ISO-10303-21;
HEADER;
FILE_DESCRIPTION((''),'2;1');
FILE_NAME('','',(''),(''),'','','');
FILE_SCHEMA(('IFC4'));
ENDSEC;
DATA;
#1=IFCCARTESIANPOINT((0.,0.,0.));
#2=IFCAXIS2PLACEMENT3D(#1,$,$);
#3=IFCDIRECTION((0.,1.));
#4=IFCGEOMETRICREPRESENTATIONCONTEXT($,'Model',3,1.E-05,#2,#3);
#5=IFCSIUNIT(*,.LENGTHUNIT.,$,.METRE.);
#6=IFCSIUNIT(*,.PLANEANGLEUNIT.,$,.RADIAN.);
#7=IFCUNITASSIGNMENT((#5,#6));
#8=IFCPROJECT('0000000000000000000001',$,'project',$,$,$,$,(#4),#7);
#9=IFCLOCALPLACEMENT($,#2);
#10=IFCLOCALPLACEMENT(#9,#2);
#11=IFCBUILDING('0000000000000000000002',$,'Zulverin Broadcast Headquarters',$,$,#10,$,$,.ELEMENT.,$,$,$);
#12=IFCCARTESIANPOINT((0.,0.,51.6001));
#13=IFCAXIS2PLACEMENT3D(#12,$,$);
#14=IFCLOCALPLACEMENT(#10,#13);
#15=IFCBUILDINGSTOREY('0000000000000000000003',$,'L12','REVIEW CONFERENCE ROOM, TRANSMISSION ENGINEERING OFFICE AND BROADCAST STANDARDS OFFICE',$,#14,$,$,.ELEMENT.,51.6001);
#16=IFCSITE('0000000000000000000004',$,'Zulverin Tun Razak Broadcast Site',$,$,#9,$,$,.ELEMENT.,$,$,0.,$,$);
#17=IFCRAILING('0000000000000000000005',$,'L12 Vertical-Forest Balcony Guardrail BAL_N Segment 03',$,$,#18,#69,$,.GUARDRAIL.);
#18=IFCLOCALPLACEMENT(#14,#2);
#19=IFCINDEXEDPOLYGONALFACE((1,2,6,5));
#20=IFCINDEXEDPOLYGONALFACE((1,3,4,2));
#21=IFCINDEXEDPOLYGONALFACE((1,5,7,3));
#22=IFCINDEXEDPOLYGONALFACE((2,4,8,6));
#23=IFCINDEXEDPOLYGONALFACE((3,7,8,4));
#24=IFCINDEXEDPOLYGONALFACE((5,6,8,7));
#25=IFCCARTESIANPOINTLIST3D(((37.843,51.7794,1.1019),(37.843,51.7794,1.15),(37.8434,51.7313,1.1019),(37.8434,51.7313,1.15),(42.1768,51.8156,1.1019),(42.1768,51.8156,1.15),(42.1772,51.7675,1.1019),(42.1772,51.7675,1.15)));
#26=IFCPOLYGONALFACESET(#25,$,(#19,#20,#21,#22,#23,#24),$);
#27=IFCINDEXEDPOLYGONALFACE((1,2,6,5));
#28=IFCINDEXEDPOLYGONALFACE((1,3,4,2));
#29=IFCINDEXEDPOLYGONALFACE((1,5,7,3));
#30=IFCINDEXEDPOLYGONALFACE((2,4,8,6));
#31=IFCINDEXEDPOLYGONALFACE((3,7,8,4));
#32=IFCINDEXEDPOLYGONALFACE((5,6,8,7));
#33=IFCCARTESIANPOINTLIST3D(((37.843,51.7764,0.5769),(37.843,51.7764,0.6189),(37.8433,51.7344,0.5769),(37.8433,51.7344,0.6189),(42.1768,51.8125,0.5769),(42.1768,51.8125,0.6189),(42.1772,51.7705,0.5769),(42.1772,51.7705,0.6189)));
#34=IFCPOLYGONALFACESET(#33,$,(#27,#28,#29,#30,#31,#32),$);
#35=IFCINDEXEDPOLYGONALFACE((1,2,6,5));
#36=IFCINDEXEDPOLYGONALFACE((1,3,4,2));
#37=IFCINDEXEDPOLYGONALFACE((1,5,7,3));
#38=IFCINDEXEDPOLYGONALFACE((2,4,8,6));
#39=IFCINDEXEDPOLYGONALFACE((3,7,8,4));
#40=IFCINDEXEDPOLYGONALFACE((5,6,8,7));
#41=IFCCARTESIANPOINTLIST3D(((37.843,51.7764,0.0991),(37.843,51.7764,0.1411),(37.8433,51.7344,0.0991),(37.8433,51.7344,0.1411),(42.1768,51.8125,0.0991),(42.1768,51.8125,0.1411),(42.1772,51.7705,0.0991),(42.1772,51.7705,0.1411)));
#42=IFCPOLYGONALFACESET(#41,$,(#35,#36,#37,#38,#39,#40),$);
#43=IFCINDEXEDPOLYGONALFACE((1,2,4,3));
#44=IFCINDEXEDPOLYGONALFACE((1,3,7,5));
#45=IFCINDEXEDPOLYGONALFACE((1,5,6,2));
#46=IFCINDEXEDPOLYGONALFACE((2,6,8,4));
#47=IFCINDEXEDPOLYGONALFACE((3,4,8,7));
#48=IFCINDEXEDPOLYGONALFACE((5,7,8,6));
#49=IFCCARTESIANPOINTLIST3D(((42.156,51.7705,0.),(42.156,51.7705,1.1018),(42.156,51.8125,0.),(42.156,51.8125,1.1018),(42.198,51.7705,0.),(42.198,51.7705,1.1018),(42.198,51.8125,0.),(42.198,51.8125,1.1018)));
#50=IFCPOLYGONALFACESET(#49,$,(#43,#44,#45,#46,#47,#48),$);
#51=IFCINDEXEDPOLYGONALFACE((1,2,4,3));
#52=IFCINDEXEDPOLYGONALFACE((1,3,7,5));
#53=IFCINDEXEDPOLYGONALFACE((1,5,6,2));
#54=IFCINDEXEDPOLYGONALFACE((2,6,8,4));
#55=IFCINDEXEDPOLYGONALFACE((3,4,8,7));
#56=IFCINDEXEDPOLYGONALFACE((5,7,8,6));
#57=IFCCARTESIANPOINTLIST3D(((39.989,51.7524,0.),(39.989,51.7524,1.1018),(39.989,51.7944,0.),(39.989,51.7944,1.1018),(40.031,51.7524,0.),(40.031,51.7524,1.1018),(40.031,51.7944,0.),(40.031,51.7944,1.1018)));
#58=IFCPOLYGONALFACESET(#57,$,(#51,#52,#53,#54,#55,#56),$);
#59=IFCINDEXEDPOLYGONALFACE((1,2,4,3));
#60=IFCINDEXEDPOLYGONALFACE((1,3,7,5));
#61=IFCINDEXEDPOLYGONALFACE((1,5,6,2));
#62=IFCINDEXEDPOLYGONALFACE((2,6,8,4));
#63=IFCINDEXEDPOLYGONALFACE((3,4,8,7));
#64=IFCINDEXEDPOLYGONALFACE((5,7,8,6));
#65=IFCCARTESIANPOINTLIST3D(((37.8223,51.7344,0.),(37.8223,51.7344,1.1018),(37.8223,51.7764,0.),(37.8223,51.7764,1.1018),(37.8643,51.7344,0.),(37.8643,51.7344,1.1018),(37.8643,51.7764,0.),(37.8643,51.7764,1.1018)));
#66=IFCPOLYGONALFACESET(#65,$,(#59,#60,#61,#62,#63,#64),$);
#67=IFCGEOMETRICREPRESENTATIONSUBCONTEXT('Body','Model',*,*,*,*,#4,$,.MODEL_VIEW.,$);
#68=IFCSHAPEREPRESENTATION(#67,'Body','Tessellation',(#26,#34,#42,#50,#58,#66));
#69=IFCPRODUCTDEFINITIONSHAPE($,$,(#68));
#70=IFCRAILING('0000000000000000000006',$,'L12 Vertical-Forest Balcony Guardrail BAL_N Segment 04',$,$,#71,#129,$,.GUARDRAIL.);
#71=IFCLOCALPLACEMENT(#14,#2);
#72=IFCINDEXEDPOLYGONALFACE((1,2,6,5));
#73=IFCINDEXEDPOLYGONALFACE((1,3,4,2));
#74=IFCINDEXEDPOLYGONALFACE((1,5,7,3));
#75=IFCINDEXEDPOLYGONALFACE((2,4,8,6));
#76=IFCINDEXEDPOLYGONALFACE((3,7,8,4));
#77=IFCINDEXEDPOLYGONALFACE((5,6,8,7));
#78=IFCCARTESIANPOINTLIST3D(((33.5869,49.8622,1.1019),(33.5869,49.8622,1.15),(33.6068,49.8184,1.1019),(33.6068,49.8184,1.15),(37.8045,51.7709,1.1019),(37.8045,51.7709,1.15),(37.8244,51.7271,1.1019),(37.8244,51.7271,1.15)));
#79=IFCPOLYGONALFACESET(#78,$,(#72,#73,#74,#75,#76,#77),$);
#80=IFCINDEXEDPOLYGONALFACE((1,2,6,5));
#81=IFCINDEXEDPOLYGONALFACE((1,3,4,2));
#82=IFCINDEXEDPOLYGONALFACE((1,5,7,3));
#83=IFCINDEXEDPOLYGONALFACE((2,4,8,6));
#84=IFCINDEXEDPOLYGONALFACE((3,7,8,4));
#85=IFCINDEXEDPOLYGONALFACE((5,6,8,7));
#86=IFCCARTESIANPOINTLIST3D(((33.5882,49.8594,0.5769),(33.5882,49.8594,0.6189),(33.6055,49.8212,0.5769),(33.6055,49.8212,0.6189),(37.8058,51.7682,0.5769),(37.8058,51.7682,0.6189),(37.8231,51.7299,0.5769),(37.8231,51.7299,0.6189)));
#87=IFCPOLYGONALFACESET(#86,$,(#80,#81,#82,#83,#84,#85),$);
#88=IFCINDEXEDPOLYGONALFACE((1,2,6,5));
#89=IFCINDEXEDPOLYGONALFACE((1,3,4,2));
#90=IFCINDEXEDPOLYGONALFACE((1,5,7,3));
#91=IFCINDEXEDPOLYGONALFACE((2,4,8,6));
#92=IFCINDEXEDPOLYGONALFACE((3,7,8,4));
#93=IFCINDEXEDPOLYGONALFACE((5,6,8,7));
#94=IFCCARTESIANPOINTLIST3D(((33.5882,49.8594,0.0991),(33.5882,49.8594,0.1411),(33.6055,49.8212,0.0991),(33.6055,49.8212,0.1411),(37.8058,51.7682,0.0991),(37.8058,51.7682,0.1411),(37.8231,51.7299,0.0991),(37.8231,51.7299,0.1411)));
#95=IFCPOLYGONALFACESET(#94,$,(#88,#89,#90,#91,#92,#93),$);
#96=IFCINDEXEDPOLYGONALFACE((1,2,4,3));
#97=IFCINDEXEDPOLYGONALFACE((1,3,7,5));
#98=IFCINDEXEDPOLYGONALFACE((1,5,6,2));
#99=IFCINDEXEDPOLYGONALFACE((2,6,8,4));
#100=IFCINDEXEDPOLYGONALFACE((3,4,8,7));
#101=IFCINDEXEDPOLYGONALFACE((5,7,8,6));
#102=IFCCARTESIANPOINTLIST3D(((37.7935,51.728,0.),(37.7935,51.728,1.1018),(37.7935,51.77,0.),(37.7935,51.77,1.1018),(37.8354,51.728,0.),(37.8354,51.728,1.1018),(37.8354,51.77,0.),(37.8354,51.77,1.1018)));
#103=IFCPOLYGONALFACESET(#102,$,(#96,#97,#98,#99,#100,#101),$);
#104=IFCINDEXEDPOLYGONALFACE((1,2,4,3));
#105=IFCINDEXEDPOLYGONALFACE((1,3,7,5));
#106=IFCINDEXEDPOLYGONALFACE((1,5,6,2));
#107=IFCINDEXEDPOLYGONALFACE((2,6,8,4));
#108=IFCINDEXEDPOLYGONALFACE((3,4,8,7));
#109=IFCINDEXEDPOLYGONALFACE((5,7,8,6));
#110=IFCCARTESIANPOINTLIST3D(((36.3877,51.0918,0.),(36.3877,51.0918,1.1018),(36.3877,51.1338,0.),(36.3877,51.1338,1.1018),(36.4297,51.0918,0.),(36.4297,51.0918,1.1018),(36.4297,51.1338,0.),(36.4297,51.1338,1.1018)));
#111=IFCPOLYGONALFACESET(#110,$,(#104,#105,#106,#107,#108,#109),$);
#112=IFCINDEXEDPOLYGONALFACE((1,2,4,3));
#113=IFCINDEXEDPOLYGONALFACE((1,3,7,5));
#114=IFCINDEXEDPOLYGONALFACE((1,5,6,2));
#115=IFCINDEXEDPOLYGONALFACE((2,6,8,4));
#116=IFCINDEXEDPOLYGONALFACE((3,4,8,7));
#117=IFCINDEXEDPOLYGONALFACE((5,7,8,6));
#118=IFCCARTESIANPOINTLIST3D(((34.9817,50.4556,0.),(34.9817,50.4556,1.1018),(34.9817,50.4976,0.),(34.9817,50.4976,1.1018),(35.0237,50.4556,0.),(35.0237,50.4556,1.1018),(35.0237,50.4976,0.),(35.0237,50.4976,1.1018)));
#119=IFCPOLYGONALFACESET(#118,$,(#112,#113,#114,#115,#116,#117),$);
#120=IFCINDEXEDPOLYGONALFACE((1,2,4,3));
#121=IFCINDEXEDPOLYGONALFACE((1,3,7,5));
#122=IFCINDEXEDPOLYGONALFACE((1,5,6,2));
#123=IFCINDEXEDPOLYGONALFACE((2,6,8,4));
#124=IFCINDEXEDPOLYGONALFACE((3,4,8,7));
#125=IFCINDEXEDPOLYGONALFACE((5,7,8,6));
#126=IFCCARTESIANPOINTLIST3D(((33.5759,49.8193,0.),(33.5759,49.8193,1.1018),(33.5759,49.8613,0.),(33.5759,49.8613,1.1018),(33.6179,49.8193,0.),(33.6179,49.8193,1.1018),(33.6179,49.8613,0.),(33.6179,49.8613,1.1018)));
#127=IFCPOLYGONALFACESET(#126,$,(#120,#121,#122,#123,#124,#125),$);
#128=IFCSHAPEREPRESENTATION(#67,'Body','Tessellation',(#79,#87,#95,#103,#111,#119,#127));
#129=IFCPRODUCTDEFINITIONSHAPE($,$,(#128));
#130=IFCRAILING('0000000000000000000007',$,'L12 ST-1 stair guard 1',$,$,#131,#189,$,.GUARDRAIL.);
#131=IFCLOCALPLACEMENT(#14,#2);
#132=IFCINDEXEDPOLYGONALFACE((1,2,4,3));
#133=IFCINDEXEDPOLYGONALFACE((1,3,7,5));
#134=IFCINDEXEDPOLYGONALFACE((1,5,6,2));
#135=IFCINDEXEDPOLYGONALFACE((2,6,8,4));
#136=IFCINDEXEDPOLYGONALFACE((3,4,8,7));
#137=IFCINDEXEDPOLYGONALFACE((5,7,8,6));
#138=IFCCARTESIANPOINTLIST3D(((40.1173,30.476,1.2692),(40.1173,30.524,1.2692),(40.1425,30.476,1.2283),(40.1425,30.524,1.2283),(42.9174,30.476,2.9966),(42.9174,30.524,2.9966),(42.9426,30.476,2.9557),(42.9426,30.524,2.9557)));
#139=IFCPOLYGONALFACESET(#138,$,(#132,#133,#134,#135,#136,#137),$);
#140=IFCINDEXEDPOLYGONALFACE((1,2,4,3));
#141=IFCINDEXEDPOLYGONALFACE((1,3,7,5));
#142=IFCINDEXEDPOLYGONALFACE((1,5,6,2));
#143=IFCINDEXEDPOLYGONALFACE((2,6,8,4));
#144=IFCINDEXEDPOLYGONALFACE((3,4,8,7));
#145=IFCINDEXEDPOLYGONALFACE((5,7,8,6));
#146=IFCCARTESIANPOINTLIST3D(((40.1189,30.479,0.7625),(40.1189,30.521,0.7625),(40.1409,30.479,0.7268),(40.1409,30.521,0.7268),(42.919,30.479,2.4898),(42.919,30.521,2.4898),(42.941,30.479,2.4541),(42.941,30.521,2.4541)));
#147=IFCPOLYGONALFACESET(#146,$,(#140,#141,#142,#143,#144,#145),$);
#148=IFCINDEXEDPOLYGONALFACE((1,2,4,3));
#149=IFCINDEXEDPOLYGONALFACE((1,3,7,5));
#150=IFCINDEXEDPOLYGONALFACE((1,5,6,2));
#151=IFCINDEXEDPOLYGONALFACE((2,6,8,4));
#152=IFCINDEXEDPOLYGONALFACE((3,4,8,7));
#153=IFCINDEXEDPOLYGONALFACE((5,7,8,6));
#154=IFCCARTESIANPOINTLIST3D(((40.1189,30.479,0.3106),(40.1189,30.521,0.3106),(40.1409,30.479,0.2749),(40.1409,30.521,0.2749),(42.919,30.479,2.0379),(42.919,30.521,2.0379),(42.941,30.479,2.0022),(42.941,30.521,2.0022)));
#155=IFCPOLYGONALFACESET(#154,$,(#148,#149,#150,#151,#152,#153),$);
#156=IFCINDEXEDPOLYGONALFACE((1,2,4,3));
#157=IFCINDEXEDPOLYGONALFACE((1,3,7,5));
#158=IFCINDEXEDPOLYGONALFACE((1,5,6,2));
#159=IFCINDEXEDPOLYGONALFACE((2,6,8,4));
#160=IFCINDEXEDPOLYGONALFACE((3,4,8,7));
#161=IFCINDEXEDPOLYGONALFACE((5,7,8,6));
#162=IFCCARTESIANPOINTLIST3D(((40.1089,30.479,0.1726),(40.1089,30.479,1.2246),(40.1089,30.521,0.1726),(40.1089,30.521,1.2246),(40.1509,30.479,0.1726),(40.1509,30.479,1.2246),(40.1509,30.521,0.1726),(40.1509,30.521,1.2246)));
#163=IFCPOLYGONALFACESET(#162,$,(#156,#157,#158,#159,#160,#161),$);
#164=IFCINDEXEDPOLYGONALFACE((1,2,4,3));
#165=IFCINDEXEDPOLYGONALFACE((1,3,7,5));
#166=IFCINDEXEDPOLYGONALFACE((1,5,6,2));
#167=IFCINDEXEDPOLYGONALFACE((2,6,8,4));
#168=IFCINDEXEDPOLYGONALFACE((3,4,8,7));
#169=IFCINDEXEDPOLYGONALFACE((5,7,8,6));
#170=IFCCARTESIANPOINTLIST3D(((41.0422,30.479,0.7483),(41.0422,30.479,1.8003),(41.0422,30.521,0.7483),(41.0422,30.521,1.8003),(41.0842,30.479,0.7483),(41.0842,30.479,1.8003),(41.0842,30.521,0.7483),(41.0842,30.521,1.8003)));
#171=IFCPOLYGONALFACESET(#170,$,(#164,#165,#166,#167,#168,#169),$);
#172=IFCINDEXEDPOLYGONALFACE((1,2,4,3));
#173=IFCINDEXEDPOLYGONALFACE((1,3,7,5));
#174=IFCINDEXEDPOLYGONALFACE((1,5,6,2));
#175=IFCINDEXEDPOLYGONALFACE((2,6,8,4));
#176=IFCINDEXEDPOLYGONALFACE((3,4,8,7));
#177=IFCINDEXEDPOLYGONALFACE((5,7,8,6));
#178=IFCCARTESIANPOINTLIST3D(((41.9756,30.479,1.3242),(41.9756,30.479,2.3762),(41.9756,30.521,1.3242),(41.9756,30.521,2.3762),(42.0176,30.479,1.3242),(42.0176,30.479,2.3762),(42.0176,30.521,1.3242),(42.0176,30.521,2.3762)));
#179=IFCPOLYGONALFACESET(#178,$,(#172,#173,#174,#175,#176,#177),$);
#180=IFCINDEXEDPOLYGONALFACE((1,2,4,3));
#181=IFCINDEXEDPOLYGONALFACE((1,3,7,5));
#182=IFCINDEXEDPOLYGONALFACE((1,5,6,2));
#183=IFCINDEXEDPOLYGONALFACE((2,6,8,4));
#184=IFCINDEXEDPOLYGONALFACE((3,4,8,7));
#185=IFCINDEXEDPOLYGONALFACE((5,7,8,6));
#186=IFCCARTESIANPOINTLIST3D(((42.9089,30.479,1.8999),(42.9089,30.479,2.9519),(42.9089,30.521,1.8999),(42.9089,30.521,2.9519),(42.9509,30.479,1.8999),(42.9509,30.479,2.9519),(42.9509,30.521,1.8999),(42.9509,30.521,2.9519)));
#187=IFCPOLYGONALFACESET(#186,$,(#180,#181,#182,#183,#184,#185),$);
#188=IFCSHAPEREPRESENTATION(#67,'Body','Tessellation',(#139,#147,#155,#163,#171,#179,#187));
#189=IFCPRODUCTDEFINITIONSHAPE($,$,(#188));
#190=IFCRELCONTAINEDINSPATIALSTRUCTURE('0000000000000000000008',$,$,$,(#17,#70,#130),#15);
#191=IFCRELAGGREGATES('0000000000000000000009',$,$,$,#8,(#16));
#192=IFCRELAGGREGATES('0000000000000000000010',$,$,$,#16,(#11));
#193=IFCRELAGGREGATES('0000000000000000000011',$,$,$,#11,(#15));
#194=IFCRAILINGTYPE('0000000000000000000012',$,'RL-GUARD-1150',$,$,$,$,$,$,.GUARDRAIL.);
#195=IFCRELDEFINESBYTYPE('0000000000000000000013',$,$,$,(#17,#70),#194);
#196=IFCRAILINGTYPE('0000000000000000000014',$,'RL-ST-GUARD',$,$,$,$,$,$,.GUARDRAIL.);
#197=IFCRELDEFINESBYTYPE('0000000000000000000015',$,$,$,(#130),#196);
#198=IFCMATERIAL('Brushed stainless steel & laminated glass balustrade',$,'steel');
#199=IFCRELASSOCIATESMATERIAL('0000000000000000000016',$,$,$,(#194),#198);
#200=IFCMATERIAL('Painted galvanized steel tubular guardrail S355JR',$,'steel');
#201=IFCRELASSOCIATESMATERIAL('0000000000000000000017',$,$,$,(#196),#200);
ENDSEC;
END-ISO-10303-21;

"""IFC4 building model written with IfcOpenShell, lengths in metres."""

from ifc_helpers import new_model, si_unit, direction, frame, origin, origin_2d, place, context, subcontext, project, spatial, rectangle, extrude, material, type_object, element, save


model = new_model("IFC4")

# Units and contexts
model_context = context("Model", 3, precision=1e-05, world=origin(), true_north=direction((0.0, 1.0)))
body_context = subcontext(model_context, "Body", "Model", "MODEL_VIEW")
ifc_project = project(units=[si_unit("LENGTHUNIT", "METRE"), si_unit("PLANEANGLEUNIT", "RADIAN")], contexts=[model_context])

# Site, building, storey
site_placement = place(None, origin())
site = spatial("IfcSite", under=ifc_project, at=site_placement, Name="Zulverin Tun Razak Broadcast Site", CompositionType="ELEMENT", RefElevation=0.0)
building_placement = place(site_placement, origin())
building = spatial("IfcBuilding", under=site, at=building_placement, Name="Zulverin Broadcast Headquarters", CompositionType="ELEMENT")
storey_placement = place(building_placement, frame((0.0, 0.0, 51.6001)))
storey = spatial("IfcBuildingStorey", under=building, at=storey_placement, Name="L12", Description="REVIEW CONFERENCE ROOM, TRANSMISSION ENGINEERING OFFICE AND BROADCAST STANDARDS OFFICE", CompositionType="ELEMENT", Elevation=51.6001)

# Railings
ifc_material_1 = material(Name="Brushed stainless steel & laminated glass balustrade", Category="steel")
railing_type_1 = type_object("IfcRailingType", Name="RL-GUARD-1150", PredefinedType="GUARDRAIL", material=ifc_material_1)
railing_1_placement = place(storey_placement, frame((42.177, 51.7915, 0.0)))
element("IfcRailing", 1, at=railing_1_placement, inside=storey, type_object=railing_type_1, Name="L12 Vertical-Forest Balcony Guardrail BAL_N Segment 03", PredefinedType="GUARDRAIL", context=body_context, shape_type="SweptSolid", body=[
    extrude(rectangle(XDim=0.0481, YDim=0.0481, at=origin_2d()), frame((0.0, 0.0, 1.126), z_axis=(-0.999965, -0.008337, 0.0), x_axis=(0.008337, -0.999965, 0.0)), (0.0, 0.0, 1.0), 4.334),
    extrude(rectangle(XDim=0.042, YDim=0.042, at=origin_2d()), frame((0.0, 0.0, 0.5979), z_axis=(-0.999965, -0.008337, 0.0), x_axis=(0.008337, -0.999965, 0.0)), (0.0, 0.0, 1.0), 4.334),
    extrude(rectangle(XDim=0.042, YDim=0.042, at=origin_2d()), frame((0.0, 0.0, 0.1201), z_axis=(-0.999965, -0.008337, 0.0), x_axis=(0.008337, -0.999965, 0.0)), (0.0, 0.0, 1.0), 4.334),
    extrude(rectangle(XDim=0.042, YDim=0.042, at=origin_2d()), origin(), (0.0, 0.0, 1.0), 1.1018),
    extrude(rectangle(XDim=0.042, YDim=0.042, at=origin_2d()), frame((-2.167, -0.0181, 0.0)), (0.0, 0.0, 1.0), 1.1018),
    extrude(rectangle(XDim=0.042, YDim=0.042, at=origin_2d()), frame((-4.3337, -0.0361, 0.0)), (0.0, 0.0, 1.0), 1.1018),
])
railing_2_placement = place(storey_placement, frame((37.8145, 51.749, 0.0)))
element("IfcRailing", 2, at=railing_2_placement, inside=storey, type_object=railing_type_1, Name="L12 Vertical-Forest Balcony Guardrail BAL_N Segment 04", PredefinedType="GUARDRAIL", context=body_context, shape_type="SweptSolid", body=[
    extrude(rectangle(XDim=0.0481, YDim=0.0481, at=origin_2d()), frame((0.0, 0.0, 1.126), z_axis=(-0.911046, -0.412304, 0.0), x_axis=(0.412304, -0.911046, 0.0)), (0.0, 0.0, 1.0), 4.6294),
    extrude(rectangle(XDim=0.042, YDim=0.042, at=origin_2d()), frame((0.0, 0.0, 0.5979), z_axis=(-0.911046, -0.412304, 0.0), x_axis=(0.412304, -0.911046, 0.0)), (0.0, 0.0, 1.0), 4.6294),
    extrude(rectangle(XDim=0.042, YDim=0.042, at=origin_2d()), frame((0.0, 0.0, 0.1201), z_axis=(-0.911046, -0.412304, 0.0), x_axis=(0.412304, -0.911046, 0.0)), (0.0, 0.0, 1.0), 4.6294),
    extrude(rectangle(XDim=0.042, YDim=0.042, at=origin_2d()), origin(), (0.0, 0.0, 1.0), 1.1018),
    extrude(rectangle(XDim=0.042, YDim=0.042, at=origin_2d()), frame((-1.4058, -0.6362, 0.0)), (0.0, 0.0, 1.0), 1.1018),
    extrude(rectangle(XDim=0.042, YDim=0.042, at=origin_2d()), frame((-2.8118, -1.2725, 0.0)), (0.0, 0.0, 1.0), 1.1018),
    extrude(rectangle(XDim=0.042, YDim=0.042, at=origin_2d()), frame((-4.2175, -1.9087, 0.0)), (0.0, 0.0, 1.0), 1.1018),
])
ifc_material_2 = material(Name="Painted galvanized steel tubular guardrail S355JR", Category="steel")
railing_type_2 = type_object("IfcRailingType", Name="RL-ST-GUARD", PredefinedType="GUARDRAIL", material=ifc_material_2)
railing_3_placement = place(storey_placement, frame((40.1299, 30.5, 0.1726)))
element("IfcRailing", 3, at=railing_3_placement, inside=storey, type_object=railing_type_2, Name="L12 ST-1 stair guard 1", PredefinedType="GUARDRAIL", context=body_context, shape_type="SweptSolid", body=[
    extrude(rectangle(XDim=0.0481, YDim=0.0481, at=origin_2d()), frame((0.0, 0.0, 1.0762), z_axis=(0.85109, 0.0, 0.52502), x_axis=(0.0, 1.0, 0.0)), (0.0, 0.0, 1.0), 3.29),
    extrude(rectangle(XDim=0.042, YDim=0.042, at=origin_2d()), frame((0.0, 0.0, 0.572), z_axis=(0.85109, 0.0, 0.52502), x_axis=(0.0, 1.0, 0.0)), (0.0, 0.0, 1.0), 3.29),
    extrude(rectangle(XDim=0.042, YDim=0.042, at=origin_2d()), frame((0.0, 0.0, 0.1201), z_axis=(0.85109, 0.0, 0.52502), x_axis=(0.0, 1.0, 0.0)), (0.0, 0.0, 1.0), 3.29),
    extrude(rectangle(XDim=0.042, YDim=0.042, at=origin_2d()), origin(), (0.0, 0.0, 1.0), 1.052),
    extrude(rectangle(XDim=0.042, YDim=0.042, at=origin_2d()), frame((0.9333, 0.0, 0.5757)), (0.0, 0.0, 1.0), 1.052),
    extrude(rectangle(XDim=0.042, YDim=0.042, at=origin_2d()), frame((1.8667, 0.0, 1.1516)), (0.0, 0.0, 1.0), 1.052),
    extrude(rectangle(XDim=0.042, YDim=0.042, at=origin_2d()), frame((2.8, 0.0, 1.7273)), (0.0, 0.0, 1.0), 1.052),
])

save(model, "model.ifc")
